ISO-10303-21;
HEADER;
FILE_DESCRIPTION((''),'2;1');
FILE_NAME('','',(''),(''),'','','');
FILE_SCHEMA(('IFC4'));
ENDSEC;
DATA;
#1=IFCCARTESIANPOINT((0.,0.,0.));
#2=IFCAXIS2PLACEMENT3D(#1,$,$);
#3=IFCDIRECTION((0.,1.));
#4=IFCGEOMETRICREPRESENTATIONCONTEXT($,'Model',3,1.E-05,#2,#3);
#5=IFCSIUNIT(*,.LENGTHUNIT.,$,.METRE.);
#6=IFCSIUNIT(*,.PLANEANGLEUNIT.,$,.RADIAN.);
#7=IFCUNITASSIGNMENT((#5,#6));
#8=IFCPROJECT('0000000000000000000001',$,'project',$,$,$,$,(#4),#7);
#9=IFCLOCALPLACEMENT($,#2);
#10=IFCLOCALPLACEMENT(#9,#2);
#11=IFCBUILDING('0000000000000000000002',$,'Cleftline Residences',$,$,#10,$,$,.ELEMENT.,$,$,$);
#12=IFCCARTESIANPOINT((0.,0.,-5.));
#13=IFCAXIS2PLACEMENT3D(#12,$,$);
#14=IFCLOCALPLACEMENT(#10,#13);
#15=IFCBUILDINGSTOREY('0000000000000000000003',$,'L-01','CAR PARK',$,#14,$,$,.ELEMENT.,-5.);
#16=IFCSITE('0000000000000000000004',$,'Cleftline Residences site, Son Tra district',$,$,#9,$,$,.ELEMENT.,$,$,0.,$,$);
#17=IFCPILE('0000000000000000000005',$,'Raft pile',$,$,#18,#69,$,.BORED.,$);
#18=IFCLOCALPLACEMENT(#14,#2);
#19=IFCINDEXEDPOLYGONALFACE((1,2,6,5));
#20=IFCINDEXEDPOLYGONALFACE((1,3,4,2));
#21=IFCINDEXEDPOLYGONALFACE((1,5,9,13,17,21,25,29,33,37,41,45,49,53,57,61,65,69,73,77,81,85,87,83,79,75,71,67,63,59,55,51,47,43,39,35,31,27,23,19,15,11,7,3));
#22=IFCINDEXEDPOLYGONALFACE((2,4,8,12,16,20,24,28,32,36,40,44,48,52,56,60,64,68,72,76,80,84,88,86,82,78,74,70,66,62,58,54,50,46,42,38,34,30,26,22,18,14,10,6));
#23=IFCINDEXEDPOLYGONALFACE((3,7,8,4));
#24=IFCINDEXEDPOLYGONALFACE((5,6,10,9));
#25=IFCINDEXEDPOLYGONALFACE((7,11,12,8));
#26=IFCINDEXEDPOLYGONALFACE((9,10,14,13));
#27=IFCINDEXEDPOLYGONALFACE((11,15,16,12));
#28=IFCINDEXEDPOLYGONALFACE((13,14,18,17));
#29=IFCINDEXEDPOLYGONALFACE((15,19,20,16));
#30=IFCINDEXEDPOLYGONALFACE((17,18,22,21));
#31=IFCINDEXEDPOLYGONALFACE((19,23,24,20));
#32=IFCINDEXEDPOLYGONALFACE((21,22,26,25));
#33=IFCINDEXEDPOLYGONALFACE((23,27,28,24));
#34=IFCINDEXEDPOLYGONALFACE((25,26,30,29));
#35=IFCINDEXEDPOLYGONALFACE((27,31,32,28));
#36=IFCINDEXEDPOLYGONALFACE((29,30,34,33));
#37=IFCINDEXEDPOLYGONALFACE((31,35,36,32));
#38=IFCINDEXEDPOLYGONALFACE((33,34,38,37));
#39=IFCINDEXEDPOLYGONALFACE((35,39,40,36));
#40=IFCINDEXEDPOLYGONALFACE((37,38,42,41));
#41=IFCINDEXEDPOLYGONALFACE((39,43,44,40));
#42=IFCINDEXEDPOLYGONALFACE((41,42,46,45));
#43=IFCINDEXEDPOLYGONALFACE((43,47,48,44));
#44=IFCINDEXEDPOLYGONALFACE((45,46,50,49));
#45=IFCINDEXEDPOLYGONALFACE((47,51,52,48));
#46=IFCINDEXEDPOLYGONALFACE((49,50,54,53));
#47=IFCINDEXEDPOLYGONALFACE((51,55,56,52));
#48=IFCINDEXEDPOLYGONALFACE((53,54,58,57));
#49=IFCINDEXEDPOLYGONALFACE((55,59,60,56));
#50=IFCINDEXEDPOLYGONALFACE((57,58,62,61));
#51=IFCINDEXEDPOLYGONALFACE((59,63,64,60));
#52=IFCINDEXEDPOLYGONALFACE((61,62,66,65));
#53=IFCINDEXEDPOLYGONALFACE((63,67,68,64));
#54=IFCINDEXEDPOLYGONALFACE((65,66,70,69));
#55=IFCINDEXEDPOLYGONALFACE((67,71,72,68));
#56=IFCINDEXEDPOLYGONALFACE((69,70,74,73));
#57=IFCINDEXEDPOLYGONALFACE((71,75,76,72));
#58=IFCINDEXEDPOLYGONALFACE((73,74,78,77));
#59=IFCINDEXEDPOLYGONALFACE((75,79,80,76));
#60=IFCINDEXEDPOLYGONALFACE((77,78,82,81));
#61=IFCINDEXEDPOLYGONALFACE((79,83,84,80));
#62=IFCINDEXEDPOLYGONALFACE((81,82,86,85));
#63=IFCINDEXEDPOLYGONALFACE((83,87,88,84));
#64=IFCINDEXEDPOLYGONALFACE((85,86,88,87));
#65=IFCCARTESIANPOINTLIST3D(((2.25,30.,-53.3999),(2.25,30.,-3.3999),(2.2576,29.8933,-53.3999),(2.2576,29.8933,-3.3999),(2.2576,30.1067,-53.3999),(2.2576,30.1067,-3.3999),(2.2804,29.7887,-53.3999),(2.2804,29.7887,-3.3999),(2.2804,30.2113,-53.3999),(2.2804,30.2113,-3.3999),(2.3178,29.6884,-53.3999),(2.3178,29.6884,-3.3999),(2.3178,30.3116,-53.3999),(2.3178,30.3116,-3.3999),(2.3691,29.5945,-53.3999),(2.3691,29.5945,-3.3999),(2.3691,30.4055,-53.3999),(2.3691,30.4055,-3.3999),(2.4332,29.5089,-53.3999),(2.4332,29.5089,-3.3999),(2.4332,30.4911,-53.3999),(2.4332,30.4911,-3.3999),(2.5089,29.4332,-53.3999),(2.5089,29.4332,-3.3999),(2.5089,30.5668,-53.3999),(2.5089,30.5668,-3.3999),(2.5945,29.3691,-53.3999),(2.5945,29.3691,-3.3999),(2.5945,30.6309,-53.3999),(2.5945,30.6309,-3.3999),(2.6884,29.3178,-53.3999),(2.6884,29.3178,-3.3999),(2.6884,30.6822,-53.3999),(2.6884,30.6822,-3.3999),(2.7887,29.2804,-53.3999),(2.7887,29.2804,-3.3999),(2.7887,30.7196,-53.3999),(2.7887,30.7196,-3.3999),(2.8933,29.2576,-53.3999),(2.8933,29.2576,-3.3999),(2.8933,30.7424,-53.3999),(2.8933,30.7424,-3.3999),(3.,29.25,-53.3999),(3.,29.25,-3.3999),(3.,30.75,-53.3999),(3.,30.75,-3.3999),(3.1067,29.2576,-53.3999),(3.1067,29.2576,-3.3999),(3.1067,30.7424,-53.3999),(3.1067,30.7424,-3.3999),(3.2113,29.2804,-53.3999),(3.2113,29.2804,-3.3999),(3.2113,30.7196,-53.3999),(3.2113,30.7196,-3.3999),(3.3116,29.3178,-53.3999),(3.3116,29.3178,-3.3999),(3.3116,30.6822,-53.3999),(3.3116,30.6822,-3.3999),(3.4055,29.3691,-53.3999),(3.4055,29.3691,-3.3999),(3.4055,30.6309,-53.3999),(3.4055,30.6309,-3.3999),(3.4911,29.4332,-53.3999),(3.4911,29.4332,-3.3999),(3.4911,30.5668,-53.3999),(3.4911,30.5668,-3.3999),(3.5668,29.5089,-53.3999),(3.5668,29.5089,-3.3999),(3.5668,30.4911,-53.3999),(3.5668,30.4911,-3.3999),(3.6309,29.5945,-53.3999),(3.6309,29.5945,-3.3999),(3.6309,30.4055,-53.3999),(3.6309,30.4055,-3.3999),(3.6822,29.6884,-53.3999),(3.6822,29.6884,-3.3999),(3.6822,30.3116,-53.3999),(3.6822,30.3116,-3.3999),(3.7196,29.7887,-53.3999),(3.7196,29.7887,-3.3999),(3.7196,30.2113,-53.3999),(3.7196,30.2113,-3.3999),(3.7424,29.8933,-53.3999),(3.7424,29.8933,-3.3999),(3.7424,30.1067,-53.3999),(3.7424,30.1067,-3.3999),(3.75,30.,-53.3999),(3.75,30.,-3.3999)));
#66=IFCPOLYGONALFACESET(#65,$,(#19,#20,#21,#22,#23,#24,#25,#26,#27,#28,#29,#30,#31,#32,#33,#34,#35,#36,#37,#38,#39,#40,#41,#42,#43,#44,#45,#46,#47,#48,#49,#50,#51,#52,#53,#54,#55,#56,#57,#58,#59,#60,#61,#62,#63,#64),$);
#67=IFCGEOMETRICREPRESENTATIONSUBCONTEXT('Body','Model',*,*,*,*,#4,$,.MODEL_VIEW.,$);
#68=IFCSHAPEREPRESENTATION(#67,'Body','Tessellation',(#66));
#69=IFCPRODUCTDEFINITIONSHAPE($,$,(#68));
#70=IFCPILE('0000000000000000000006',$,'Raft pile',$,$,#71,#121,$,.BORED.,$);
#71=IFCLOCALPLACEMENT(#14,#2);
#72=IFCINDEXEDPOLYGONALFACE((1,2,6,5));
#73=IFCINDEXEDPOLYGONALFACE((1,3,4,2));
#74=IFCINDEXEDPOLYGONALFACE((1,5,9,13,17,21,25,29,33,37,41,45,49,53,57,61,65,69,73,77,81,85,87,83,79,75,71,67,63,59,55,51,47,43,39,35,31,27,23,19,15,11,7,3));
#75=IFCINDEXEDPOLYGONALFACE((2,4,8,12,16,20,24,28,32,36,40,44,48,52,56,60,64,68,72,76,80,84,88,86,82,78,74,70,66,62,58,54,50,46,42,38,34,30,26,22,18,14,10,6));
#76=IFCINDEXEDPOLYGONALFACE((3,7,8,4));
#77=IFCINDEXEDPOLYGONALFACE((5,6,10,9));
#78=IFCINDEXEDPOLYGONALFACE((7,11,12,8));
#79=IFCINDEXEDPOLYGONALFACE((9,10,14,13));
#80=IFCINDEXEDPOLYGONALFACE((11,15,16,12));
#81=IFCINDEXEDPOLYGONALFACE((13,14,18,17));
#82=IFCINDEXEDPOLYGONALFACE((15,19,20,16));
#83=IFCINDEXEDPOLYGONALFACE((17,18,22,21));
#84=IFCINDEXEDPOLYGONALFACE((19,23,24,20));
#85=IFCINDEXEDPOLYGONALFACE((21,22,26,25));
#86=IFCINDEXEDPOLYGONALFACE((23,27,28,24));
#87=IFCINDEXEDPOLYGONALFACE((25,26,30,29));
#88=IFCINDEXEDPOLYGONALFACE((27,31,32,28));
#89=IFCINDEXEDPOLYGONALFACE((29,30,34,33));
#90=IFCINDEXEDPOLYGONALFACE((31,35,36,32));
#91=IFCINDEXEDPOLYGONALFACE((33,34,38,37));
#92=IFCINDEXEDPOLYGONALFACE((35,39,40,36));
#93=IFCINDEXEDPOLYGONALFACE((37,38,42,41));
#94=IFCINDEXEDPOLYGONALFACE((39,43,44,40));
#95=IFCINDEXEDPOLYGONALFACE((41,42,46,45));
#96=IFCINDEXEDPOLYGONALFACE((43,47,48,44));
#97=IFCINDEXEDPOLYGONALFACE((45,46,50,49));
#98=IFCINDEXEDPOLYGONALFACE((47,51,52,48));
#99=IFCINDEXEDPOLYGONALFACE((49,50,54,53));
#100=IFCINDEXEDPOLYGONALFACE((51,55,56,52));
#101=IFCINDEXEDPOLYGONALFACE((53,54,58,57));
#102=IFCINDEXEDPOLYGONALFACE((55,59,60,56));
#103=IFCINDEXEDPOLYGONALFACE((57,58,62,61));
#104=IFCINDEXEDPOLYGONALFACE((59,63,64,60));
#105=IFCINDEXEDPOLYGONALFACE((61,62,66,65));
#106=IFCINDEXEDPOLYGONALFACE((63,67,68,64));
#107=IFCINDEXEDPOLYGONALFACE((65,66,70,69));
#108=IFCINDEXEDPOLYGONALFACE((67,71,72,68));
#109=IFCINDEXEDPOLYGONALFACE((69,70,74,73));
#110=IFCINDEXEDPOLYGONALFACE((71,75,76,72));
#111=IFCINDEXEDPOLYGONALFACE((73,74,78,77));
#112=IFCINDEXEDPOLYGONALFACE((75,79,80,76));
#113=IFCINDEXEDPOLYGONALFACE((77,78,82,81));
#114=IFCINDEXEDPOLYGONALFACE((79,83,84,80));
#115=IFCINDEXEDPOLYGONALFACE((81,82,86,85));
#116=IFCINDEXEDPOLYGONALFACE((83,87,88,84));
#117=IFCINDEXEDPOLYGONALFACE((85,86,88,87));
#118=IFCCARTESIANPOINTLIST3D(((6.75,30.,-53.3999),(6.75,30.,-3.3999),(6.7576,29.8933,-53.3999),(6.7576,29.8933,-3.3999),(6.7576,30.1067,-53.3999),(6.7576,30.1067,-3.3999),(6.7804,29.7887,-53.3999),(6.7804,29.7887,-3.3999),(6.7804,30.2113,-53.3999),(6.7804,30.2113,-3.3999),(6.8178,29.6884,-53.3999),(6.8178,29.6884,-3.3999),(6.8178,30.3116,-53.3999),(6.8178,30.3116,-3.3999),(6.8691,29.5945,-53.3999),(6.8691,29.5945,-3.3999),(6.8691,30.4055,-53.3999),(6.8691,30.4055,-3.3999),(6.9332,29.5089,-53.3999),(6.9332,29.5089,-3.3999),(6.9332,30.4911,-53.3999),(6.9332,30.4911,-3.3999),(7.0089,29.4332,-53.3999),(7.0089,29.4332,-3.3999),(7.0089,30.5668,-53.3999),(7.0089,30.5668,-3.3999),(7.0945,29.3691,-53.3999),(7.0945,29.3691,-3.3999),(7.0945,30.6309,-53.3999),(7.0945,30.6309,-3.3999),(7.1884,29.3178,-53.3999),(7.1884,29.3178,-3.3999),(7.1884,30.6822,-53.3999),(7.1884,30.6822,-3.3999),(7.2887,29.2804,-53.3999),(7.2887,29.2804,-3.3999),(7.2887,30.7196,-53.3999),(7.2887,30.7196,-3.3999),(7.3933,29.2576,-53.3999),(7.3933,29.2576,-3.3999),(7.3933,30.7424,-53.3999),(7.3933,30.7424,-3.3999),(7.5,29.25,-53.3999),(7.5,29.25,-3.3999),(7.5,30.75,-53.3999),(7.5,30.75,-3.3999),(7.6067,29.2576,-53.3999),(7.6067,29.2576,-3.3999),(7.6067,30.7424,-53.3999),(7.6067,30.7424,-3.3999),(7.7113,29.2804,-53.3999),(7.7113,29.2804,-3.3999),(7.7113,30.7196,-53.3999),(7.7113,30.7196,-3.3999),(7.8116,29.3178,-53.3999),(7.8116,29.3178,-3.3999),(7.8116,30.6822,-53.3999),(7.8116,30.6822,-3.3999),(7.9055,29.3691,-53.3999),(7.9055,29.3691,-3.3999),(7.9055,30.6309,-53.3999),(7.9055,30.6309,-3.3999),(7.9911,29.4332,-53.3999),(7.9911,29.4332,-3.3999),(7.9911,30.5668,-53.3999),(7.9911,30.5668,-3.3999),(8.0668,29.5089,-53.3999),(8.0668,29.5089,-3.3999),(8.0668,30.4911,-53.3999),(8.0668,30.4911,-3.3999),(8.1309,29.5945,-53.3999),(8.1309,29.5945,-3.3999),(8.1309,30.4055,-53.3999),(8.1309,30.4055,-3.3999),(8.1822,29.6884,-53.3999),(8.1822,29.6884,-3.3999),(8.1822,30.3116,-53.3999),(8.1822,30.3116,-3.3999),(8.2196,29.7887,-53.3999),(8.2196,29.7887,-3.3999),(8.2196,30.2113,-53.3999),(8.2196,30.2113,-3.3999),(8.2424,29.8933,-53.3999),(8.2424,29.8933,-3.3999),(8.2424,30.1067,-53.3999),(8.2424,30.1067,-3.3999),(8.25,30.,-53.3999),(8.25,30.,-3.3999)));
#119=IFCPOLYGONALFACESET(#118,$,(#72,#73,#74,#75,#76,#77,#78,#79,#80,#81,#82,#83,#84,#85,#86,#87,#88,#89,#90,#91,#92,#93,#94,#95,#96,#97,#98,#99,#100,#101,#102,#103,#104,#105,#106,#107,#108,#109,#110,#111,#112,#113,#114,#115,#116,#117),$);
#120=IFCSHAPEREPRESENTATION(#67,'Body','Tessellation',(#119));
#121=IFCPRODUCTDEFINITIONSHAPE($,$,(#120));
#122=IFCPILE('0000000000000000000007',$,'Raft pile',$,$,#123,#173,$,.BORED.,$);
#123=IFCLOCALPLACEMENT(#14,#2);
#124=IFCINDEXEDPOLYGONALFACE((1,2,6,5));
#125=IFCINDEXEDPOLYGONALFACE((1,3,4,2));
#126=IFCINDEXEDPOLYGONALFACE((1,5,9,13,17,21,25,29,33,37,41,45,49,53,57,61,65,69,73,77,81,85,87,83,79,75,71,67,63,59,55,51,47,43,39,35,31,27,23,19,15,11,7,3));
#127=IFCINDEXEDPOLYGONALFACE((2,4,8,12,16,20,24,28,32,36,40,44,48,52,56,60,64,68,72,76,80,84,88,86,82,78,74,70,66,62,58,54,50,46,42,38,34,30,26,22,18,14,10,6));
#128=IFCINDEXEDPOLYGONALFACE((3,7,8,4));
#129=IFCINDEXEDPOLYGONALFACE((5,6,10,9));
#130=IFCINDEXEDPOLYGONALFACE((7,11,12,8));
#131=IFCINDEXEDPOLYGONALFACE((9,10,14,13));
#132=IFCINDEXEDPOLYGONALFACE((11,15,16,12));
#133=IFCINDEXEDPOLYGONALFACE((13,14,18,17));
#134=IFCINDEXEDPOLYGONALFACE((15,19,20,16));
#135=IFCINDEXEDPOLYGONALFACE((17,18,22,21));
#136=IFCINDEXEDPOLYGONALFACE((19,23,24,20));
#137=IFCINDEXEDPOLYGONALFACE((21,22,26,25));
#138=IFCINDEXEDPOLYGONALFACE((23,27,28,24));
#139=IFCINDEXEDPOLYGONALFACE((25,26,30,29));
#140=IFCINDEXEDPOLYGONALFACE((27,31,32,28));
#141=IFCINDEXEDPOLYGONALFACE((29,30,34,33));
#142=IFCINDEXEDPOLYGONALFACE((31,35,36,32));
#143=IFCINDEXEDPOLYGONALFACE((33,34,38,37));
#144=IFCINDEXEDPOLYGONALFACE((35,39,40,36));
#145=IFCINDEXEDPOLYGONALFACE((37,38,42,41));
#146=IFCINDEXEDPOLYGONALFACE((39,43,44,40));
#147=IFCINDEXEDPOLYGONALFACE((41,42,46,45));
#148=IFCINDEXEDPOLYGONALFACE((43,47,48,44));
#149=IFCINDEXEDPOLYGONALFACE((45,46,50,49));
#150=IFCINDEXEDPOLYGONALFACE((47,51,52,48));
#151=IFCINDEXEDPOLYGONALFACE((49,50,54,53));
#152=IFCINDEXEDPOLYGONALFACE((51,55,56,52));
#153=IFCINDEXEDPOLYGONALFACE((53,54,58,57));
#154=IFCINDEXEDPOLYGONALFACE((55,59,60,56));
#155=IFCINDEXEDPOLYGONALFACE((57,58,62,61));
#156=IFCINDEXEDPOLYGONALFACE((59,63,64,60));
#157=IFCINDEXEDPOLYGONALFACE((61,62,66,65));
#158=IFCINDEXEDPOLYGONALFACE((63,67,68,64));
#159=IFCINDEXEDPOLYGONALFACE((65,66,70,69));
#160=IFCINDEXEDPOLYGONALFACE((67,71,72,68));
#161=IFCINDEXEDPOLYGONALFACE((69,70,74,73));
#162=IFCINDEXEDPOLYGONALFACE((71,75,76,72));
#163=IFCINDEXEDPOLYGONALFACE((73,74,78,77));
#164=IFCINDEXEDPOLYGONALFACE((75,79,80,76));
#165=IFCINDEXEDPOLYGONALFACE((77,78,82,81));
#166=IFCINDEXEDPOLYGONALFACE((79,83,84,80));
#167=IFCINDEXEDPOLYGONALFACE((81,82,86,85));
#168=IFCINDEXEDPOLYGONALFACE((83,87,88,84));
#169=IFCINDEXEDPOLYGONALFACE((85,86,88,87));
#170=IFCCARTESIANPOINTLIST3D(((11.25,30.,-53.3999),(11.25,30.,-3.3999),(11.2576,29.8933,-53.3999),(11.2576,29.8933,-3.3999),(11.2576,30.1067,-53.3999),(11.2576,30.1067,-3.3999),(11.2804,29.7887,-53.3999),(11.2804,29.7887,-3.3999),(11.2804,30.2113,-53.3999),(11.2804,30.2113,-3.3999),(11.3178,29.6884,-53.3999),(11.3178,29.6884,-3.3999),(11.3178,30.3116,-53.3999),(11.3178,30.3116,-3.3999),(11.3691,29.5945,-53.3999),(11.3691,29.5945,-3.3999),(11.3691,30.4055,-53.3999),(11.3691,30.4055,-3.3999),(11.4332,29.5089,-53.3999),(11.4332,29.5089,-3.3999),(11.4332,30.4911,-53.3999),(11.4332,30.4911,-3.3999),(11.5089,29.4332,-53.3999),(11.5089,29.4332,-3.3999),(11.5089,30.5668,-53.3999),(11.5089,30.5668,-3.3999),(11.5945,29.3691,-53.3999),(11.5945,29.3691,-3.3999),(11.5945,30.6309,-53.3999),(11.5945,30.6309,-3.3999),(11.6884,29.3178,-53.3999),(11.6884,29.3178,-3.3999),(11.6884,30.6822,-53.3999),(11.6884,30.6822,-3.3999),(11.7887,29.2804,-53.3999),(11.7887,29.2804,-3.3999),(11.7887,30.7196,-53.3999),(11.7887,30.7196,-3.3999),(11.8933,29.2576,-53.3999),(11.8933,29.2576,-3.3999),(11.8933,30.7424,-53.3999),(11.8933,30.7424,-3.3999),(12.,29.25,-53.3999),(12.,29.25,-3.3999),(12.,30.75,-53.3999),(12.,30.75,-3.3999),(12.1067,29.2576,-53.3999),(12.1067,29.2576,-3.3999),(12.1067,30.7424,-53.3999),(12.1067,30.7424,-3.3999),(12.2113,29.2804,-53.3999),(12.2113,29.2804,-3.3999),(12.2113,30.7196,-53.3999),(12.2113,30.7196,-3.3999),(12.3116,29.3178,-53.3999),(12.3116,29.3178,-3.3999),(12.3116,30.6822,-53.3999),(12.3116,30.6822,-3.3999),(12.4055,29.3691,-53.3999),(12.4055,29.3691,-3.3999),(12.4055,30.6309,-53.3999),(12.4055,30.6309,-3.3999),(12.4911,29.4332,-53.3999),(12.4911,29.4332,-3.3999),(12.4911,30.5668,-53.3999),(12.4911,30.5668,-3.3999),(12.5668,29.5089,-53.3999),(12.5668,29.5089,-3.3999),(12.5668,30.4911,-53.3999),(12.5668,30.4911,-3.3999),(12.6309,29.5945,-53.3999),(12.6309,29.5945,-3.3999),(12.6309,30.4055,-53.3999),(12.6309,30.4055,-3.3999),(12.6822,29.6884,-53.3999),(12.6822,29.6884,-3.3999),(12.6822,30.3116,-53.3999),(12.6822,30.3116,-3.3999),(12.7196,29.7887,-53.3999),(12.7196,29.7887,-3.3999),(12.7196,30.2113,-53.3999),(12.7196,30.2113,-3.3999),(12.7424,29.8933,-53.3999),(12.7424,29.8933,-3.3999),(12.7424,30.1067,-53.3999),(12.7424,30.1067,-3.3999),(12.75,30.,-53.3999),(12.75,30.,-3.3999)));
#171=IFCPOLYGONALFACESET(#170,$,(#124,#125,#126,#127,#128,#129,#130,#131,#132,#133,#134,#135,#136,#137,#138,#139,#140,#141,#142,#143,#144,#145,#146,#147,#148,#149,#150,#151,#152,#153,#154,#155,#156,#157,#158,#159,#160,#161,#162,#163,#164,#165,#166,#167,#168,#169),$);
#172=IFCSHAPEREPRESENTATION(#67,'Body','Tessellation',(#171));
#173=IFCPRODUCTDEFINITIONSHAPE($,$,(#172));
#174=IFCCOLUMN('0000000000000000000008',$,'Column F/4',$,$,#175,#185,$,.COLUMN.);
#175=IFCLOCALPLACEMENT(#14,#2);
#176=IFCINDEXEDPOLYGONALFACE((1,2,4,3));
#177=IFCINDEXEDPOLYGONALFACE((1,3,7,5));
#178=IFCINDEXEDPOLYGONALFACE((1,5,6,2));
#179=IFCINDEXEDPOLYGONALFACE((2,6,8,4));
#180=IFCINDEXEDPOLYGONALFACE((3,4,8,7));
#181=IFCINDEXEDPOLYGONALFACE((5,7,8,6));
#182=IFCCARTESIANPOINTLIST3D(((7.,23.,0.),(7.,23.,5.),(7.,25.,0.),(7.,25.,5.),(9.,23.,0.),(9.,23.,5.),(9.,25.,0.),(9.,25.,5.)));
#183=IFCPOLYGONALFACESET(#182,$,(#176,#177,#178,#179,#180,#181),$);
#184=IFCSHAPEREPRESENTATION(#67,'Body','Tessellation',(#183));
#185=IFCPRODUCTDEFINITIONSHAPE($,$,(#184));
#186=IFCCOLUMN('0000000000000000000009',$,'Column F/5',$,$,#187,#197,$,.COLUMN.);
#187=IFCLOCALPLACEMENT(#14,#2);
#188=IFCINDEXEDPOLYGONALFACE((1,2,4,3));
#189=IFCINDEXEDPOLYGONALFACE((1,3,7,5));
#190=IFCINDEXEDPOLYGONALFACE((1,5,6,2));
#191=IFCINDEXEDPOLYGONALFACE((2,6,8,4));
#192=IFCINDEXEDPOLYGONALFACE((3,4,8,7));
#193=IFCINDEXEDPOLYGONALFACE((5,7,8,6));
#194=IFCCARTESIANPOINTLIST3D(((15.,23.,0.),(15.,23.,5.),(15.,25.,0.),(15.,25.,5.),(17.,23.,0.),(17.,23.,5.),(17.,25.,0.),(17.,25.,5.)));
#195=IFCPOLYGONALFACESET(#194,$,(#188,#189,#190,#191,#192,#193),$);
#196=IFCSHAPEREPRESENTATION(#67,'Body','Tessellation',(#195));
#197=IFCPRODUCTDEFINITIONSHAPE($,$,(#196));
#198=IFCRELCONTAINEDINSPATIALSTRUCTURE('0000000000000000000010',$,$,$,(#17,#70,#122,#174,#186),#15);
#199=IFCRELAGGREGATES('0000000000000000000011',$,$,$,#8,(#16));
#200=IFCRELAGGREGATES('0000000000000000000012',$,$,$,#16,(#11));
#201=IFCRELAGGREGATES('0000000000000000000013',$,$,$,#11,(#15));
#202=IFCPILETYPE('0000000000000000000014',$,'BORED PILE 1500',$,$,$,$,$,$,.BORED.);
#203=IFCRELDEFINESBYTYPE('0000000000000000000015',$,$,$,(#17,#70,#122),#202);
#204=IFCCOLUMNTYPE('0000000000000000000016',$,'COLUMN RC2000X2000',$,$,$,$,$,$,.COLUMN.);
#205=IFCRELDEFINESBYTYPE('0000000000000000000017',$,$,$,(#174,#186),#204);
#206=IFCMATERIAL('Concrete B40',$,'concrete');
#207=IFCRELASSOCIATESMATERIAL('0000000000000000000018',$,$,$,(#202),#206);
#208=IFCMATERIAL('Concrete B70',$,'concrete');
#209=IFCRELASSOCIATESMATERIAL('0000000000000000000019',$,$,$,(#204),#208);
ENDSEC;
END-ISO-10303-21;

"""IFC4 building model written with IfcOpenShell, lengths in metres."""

from ifc_helpers import new_model, si_unit, direction, frame, origin, origin_2d, place, context, subcontext, project, spatial, rectangle, circle, extrude, material, material_profile, profile_set, type_object, element, save


model = new_model("IFC4")

# Units and contexts
model_context = context("Model", 3, precision=1e-05, world=origin(), true_north=direction((0.0, 1.0)))
body_context = subcontext(model_context, "Body", "Model", "MODEL_VIEW")
ifc_project = project(units=[si_unit("LENGTHUNIT", "METRE"), si_unit("PLANEANGLEUNIT", "RADIAN")], contexts=[model_context])

# Site, building, storey
site_placement = place(None, origin())
site = spatial("IfcSite", under=ifc_project, at=site_placement, Name="Cleftline Residences site, Son Tra district", CompositionType="ELEMENT", RefElevation=0.0)
building_placement = place(site_placement, origin())
building = spatial("IfcBuilding", under=site, at=building_placement, Name="Cleftline Residences", CompositionType="ELEMENT")
storey_placement = place(building_placement, frame((0.0, 0.0, -5.0)))
storey = spatial("IfcBuildingStorey", under=building, at=storey_placement, Name="L-01", Description="CAR PARK", CompositionType="ELEMENT", Elevation=-5.0)

# Piles
ifc_material_1 = material(Name="Concrete B40", Category="concrete")
ifc_material_profile_1 = material_profile(ifc_material_1, circle(Radius=0.75, at=origin_2d()))
ifc_profile_set_1 = profile_set([ifc_material_profile_1], Name="Concrete B40")
pile_type = type_object("IfcPileType", Name="BORED PILE 1500", PredefinedType="BORED", material=ifc_profile_set_1)
for number, where, z_axis, x_axis, name in (
    (1, (3.0, 30.0, -3.3999), (0.0, 0.0, -1.0), (1.0, 0.0, 0.0), "Raft pile"),
    (2, (7.5, 30.0, -3.3999), (0.0, 0.0, -1.0), (1.0, 0.0, 0.0), "Raft pile"),
    (3, (12.0, 30.0, -3.3999), (0.0, 0.0, -1.0), (1.0, 0.0, 0.0), "Raft pile"),
):
    element("IfcPile", number, at=place(storey_placement, frame(where, z_axis=z_axis, x_axis=x_axis)), inside=storey, type_object=pile_type, Name=name, PredefinedType="BORED", context=body_context, shape_type="SweptSolid", body=[
        extrude(circle(Radius=0.75, at=origin_2d()), origin(), (0.0, 0.0, 1.0), 50.0),
    ])

# Columns
ifc_material_2 = material(Name="Concrete B70", Category="concrete")
ifc_material_profile_2 = material_profile(ifc_material_2, rectangle(XDim=2.0, YDim=2.0, at=origin_2d()))
ifc_profile_set_2 = profile_set([ifc_material_profile_2], Name="Concrete B70")
column_type_1 = type_object("IfcColumnType", Name="COLUMN RC2000X2000", PredefinedType="COLUMN", material=ifc_profile_set_2)
for number, where, z_axis, x_axis, name in (
    (4, (8.0, 24.0, 0.0), (0.0, 0.0, 1.0), (1.0, 0.0, 0.0), "Column F/4"),
    (5, (16.0, 24.0, 0.0), (0.0, 0.0, 1.0), (1.0, 0.0, 0.0), "Column F/5"),
):
    element("IfcColumn", number, at=place(storey_placement, frame(where, z_axis=z_axis, x_axis=x_axis)), inside=storey, type_object=column_type_1, Name=name, PredefinedType="COLUMN", context=body_context, shape_type="SweptSolid", body=[
        extrude(rectangle(XDim=2.0, YDim=2.0, at=origin_2d()), origin(), (0.0, 0.0, 1.0), 5.0),
    ])

save(model, "model.ifc")
